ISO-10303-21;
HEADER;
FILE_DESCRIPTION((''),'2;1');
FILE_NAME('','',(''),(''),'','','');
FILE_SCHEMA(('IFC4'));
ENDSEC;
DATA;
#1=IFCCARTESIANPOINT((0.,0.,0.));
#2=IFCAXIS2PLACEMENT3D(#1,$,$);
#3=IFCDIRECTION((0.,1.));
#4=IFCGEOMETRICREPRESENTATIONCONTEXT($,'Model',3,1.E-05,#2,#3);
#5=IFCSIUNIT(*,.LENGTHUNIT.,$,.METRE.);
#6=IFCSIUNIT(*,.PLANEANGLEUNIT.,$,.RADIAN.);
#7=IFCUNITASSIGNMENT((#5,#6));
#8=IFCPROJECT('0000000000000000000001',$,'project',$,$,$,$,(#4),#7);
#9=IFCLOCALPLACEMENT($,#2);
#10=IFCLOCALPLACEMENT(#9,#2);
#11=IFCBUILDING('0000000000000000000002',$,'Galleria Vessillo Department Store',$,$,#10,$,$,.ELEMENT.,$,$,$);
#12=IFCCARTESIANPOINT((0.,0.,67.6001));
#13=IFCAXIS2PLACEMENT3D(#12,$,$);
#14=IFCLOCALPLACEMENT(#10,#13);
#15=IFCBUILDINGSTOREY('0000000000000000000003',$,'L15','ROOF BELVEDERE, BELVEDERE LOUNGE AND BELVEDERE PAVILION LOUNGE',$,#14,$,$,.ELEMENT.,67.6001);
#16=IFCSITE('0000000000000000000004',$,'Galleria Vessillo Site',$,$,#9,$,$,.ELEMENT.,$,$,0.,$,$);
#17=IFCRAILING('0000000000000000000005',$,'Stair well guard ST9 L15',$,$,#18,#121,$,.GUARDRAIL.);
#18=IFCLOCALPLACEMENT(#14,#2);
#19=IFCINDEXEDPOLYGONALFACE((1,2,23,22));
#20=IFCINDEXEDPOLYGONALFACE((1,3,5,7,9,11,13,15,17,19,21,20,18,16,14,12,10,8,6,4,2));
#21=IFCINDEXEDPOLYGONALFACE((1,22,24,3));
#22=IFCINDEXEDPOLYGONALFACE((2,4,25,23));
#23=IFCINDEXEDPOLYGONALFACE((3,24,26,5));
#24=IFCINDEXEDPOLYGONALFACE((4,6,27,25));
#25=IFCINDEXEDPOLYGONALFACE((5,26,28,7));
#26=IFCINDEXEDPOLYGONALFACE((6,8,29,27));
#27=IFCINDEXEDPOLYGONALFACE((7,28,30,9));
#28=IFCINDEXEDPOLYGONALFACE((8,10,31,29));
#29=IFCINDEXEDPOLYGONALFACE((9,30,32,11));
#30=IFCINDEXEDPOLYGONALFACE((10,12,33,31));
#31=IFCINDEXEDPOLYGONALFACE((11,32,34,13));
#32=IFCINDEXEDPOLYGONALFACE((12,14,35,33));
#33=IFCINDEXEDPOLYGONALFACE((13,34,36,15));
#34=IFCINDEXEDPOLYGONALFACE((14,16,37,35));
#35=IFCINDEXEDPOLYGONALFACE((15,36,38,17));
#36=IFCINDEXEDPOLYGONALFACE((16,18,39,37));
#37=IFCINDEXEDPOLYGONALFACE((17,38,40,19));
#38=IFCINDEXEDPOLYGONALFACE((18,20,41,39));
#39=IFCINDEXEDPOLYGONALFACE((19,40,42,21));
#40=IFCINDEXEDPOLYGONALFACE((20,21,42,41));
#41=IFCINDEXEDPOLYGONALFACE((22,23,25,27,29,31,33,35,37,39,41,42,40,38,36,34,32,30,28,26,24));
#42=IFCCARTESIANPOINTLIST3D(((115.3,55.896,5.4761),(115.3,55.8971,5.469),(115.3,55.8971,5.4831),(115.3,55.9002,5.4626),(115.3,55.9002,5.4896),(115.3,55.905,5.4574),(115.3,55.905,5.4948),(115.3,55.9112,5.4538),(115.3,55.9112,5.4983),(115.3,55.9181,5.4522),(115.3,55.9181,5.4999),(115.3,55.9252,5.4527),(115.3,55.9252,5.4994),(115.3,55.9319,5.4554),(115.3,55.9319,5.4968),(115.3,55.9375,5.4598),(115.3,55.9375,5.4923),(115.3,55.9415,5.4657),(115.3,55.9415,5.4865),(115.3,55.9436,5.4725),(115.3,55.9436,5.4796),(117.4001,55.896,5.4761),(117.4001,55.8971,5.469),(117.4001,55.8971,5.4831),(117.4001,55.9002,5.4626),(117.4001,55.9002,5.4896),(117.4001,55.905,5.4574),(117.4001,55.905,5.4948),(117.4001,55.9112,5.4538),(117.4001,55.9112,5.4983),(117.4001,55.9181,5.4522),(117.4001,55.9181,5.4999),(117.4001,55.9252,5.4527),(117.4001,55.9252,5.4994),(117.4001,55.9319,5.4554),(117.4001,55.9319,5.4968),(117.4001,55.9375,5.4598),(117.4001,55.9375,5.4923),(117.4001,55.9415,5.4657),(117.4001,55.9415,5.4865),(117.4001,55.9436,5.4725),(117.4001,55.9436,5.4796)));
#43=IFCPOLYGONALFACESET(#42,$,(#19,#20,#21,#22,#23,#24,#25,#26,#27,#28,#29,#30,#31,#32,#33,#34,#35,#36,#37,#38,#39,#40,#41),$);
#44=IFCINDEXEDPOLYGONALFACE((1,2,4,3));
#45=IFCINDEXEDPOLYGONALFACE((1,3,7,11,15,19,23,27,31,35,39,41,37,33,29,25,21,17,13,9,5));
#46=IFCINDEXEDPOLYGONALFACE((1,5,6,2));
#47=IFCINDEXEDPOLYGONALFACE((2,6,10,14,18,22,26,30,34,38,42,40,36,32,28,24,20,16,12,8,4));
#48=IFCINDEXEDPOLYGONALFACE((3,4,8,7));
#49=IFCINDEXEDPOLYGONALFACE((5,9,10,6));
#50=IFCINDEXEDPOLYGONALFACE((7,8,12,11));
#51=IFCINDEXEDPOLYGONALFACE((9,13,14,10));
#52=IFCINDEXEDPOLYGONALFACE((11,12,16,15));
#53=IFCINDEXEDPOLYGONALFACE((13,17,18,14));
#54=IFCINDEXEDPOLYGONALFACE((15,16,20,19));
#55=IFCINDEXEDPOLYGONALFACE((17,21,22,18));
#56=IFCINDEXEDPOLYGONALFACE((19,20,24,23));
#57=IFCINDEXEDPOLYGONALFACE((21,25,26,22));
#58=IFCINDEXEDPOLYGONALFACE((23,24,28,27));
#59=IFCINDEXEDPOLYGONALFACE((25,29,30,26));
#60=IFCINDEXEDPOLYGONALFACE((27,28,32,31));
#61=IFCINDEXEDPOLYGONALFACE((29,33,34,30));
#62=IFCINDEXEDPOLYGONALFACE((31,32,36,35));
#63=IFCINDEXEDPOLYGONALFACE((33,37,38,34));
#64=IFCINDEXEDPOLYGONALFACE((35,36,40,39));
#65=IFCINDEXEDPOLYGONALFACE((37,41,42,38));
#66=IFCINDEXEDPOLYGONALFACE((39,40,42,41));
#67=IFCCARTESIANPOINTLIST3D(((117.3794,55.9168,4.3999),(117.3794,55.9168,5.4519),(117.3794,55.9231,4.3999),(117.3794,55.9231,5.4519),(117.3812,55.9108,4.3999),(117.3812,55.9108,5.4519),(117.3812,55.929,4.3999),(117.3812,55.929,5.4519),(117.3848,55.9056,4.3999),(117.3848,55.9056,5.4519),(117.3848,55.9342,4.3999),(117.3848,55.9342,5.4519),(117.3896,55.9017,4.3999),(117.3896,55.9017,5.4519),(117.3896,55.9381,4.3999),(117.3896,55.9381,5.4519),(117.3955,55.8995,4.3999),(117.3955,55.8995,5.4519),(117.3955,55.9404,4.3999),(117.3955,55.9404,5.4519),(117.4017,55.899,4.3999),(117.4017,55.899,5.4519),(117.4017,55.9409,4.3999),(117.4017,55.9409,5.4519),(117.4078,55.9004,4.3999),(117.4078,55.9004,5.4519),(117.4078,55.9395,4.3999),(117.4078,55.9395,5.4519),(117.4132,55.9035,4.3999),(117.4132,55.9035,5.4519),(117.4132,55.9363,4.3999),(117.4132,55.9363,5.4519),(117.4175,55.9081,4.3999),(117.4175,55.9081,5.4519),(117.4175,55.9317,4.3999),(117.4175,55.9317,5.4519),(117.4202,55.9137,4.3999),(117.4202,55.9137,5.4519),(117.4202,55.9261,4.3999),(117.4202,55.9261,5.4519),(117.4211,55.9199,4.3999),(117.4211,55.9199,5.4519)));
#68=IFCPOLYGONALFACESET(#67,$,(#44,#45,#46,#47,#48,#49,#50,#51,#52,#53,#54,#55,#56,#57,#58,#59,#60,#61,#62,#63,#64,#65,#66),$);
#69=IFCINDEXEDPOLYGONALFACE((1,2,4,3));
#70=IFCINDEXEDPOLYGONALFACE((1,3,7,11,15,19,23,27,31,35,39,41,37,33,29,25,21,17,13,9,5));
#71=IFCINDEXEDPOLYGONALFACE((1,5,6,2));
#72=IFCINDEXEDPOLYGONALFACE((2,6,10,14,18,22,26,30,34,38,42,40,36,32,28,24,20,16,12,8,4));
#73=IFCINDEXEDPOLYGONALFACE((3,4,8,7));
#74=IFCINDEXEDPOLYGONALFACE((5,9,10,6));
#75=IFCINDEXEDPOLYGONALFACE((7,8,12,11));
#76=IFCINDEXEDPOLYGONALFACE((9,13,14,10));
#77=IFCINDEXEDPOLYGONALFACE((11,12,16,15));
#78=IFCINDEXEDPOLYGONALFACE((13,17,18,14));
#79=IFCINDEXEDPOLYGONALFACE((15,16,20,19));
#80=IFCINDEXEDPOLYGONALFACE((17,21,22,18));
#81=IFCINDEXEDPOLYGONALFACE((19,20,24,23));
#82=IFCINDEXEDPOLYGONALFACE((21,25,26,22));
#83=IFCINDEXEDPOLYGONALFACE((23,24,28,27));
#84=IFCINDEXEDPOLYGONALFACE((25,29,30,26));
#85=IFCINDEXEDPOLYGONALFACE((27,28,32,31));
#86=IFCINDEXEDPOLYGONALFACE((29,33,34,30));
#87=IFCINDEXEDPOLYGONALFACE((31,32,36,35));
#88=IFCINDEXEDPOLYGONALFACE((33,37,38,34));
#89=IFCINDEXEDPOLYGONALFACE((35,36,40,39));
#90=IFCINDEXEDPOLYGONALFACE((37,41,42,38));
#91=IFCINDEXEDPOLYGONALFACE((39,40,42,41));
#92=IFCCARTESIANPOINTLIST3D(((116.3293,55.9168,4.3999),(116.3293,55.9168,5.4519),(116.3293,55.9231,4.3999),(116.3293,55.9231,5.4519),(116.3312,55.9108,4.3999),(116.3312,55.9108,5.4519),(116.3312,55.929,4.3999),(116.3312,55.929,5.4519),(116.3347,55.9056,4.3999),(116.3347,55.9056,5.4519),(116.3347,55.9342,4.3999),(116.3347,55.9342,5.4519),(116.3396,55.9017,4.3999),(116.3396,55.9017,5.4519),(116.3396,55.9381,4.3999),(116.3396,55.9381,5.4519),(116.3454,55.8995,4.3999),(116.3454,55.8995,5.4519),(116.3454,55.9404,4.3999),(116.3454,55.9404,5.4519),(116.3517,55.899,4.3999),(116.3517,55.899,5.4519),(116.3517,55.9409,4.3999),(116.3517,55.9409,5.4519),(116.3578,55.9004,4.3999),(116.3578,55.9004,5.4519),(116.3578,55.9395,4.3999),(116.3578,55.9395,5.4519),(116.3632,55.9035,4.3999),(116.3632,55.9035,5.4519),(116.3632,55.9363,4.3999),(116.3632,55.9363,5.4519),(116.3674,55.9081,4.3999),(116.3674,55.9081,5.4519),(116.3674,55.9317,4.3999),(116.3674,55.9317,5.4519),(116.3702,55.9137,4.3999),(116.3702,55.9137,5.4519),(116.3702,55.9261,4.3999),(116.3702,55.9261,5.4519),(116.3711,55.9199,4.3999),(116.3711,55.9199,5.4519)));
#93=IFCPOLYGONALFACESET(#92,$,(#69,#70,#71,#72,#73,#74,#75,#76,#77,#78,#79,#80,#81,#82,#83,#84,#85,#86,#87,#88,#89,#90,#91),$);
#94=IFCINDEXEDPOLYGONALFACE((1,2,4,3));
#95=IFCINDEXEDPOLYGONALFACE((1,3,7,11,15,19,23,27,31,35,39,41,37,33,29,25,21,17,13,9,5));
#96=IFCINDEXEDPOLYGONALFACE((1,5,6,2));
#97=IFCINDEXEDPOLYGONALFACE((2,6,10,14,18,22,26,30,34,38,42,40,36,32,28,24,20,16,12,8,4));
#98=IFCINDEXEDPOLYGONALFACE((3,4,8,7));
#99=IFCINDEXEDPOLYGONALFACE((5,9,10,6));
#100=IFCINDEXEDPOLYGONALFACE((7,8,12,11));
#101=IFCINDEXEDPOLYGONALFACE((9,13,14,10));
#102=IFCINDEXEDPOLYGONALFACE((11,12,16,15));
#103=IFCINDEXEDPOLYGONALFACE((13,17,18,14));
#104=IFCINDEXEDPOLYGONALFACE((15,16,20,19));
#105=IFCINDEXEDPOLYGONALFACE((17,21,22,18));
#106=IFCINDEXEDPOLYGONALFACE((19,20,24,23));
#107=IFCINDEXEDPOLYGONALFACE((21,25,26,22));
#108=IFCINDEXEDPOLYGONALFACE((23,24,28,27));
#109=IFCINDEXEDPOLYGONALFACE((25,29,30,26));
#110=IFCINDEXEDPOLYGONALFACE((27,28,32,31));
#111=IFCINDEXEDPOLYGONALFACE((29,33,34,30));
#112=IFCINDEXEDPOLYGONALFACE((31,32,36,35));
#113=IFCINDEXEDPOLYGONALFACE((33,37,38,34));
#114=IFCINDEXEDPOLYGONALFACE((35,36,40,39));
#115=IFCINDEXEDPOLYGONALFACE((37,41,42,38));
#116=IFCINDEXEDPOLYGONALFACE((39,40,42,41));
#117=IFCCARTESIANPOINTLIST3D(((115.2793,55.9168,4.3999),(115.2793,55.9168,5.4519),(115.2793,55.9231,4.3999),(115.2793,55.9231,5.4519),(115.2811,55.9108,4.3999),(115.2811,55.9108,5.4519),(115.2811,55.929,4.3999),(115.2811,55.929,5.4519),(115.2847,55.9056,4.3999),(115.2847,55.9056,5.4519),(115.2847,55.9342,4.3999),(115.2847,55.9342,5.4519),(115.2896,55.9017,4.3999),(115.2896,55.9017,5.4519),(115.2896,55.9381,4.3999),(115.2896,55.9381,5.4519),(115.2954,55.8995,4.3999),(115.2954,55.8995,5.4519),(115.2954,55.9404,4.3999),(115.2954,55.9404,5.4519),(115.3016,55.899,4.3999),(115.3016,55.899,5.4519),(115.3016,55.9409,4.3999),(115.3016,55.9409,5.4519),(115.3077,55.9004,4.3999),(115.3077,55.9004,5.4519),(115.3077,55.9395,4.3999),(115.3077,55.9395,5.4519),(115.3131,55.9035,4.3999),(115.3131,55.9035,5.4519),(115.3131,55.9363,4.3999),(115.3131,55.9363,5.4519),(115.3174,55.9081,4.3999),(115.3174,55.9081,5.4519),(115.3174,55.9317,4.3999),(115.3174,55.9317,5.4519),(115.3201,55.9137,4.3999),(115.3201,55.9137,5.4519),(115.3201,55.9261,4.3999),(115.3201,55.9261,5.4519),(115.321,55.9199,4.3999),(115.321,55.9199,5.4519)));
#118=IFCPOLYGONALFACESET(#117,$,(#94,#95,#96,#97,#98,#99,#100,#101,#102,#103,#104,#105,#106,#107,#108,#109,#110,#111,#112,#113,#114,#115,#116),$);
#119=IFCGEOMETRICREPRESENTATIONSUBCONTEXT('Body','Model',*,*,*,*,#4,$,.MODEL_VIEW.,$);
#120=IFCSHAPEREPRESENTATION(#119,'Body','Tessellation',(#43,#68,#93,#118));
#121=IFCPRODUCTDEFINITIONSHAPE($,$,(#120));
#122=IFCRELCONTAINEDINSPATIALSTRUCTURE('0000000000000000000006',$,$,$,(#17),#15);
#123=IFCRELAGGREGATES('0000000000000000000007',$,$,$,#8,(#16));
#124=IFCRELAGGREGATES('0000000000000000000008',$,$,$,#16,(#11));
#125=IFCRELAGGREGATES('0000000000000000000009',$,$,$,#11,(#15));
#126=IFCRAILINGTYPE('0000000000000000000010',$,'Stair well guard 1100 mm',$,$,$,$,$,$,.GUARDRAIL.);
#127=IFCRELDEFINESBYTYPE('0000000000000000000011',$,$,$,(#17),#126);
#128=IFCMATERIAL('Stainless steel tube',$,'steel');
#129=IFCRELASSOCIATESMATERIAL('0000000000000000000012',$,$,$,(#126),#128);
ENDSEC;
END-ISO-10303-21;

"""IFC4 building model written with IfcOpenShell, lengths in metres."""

from ifc_helpers import new_model, si_unit, direction, frame, origin, origin_2d, place, context, subcontext, project, spatial, circle, extrude, material, type_object, element, save


model = new_model("IFC4")

# Units and contexts
model_context = context("Model", 3, precision=1e-05, world=origin(), true_north=direction((0.0, 1.0)))
body_context = subcontext(model_context, "Body", "Model", "MODEL_VIEW")
ifc_project = project(units=[si_unit("LENGTHUNIT", "METRE"), si_unit("PLANEANGLEUNIT", "RADIAN")], contexts=[model_context])

# Site, building, storey
site_placement = place(None, origin())
site = spatial("IfcSite", under=ifc_project, at=site_placement, Name="Galleria Vessillo Site", CompositionType="ELEMENT", RefElevation=0.0)
building_placement = place(site_placement, origin())
building = spatial("IfcBuilding", under=site, at=building_placement, Name="Galleria Vessillo Department Store", CompositionType="ELEMENT")
storey_placement = place(building_placement, frame((0.0, 0.0, 67.6001)))
storey = spatial("IfcBuildingStorey", under=building, at=storey_placement, Name="L15", Description="ROOF BELVEDERE, BELVEDERE LOUNGE AND BELVEDERE PAVILION LOUNGE", CompositionType="ELEMENT", Elevation=67.6001)

# Railing
ifc_material_1 = material(Name="Stainless steel tube", Category="steel")
railing_type_1 = type_object("IfcRailingType", Name="Stair well guard 1100 mm", PredefinedType="GUARDRAIL", material=ifc_material_1)
railing_placement = place(storey_placement, frame((117.4001, 55.9199, 4.3999)))
element("IfcRailing", 1, at=railing_placement, inside=storey, type_object=railing_type_1, Name="Stair well guard ST9 L15", PredefinedType="GUARDRAIL", context=body_context, shape_type="SweptSolid", body=[
    extrude(circle(Radius=0.0239, at=origin_2d()), frame((0.0, 0.0, 1.0762), z_axis=(-1.0, 0.0, 0.0), x_axis=(0.0, -1.0, 0.0)), (0.0, 0.0, 1.0), 2.1001),
    extrude(circle(Radius=0.021, at=origin_2d()), origin(), (0.0, 0.0, 1.0), 1.052),
    extrude(circle(Radius=0.021, at=origin_2d()), frame((-1.05, 0.0, 0.0)), (0.0, 0.0, 1.0), 1.052),
    extrude(circle(Radius=0.021, at=origin_2d()), frame((-2.1001, 0.0, 0.0)), (0.0, 0.0, 1.0), 1.052),
])

save(model, "model.ifc")
